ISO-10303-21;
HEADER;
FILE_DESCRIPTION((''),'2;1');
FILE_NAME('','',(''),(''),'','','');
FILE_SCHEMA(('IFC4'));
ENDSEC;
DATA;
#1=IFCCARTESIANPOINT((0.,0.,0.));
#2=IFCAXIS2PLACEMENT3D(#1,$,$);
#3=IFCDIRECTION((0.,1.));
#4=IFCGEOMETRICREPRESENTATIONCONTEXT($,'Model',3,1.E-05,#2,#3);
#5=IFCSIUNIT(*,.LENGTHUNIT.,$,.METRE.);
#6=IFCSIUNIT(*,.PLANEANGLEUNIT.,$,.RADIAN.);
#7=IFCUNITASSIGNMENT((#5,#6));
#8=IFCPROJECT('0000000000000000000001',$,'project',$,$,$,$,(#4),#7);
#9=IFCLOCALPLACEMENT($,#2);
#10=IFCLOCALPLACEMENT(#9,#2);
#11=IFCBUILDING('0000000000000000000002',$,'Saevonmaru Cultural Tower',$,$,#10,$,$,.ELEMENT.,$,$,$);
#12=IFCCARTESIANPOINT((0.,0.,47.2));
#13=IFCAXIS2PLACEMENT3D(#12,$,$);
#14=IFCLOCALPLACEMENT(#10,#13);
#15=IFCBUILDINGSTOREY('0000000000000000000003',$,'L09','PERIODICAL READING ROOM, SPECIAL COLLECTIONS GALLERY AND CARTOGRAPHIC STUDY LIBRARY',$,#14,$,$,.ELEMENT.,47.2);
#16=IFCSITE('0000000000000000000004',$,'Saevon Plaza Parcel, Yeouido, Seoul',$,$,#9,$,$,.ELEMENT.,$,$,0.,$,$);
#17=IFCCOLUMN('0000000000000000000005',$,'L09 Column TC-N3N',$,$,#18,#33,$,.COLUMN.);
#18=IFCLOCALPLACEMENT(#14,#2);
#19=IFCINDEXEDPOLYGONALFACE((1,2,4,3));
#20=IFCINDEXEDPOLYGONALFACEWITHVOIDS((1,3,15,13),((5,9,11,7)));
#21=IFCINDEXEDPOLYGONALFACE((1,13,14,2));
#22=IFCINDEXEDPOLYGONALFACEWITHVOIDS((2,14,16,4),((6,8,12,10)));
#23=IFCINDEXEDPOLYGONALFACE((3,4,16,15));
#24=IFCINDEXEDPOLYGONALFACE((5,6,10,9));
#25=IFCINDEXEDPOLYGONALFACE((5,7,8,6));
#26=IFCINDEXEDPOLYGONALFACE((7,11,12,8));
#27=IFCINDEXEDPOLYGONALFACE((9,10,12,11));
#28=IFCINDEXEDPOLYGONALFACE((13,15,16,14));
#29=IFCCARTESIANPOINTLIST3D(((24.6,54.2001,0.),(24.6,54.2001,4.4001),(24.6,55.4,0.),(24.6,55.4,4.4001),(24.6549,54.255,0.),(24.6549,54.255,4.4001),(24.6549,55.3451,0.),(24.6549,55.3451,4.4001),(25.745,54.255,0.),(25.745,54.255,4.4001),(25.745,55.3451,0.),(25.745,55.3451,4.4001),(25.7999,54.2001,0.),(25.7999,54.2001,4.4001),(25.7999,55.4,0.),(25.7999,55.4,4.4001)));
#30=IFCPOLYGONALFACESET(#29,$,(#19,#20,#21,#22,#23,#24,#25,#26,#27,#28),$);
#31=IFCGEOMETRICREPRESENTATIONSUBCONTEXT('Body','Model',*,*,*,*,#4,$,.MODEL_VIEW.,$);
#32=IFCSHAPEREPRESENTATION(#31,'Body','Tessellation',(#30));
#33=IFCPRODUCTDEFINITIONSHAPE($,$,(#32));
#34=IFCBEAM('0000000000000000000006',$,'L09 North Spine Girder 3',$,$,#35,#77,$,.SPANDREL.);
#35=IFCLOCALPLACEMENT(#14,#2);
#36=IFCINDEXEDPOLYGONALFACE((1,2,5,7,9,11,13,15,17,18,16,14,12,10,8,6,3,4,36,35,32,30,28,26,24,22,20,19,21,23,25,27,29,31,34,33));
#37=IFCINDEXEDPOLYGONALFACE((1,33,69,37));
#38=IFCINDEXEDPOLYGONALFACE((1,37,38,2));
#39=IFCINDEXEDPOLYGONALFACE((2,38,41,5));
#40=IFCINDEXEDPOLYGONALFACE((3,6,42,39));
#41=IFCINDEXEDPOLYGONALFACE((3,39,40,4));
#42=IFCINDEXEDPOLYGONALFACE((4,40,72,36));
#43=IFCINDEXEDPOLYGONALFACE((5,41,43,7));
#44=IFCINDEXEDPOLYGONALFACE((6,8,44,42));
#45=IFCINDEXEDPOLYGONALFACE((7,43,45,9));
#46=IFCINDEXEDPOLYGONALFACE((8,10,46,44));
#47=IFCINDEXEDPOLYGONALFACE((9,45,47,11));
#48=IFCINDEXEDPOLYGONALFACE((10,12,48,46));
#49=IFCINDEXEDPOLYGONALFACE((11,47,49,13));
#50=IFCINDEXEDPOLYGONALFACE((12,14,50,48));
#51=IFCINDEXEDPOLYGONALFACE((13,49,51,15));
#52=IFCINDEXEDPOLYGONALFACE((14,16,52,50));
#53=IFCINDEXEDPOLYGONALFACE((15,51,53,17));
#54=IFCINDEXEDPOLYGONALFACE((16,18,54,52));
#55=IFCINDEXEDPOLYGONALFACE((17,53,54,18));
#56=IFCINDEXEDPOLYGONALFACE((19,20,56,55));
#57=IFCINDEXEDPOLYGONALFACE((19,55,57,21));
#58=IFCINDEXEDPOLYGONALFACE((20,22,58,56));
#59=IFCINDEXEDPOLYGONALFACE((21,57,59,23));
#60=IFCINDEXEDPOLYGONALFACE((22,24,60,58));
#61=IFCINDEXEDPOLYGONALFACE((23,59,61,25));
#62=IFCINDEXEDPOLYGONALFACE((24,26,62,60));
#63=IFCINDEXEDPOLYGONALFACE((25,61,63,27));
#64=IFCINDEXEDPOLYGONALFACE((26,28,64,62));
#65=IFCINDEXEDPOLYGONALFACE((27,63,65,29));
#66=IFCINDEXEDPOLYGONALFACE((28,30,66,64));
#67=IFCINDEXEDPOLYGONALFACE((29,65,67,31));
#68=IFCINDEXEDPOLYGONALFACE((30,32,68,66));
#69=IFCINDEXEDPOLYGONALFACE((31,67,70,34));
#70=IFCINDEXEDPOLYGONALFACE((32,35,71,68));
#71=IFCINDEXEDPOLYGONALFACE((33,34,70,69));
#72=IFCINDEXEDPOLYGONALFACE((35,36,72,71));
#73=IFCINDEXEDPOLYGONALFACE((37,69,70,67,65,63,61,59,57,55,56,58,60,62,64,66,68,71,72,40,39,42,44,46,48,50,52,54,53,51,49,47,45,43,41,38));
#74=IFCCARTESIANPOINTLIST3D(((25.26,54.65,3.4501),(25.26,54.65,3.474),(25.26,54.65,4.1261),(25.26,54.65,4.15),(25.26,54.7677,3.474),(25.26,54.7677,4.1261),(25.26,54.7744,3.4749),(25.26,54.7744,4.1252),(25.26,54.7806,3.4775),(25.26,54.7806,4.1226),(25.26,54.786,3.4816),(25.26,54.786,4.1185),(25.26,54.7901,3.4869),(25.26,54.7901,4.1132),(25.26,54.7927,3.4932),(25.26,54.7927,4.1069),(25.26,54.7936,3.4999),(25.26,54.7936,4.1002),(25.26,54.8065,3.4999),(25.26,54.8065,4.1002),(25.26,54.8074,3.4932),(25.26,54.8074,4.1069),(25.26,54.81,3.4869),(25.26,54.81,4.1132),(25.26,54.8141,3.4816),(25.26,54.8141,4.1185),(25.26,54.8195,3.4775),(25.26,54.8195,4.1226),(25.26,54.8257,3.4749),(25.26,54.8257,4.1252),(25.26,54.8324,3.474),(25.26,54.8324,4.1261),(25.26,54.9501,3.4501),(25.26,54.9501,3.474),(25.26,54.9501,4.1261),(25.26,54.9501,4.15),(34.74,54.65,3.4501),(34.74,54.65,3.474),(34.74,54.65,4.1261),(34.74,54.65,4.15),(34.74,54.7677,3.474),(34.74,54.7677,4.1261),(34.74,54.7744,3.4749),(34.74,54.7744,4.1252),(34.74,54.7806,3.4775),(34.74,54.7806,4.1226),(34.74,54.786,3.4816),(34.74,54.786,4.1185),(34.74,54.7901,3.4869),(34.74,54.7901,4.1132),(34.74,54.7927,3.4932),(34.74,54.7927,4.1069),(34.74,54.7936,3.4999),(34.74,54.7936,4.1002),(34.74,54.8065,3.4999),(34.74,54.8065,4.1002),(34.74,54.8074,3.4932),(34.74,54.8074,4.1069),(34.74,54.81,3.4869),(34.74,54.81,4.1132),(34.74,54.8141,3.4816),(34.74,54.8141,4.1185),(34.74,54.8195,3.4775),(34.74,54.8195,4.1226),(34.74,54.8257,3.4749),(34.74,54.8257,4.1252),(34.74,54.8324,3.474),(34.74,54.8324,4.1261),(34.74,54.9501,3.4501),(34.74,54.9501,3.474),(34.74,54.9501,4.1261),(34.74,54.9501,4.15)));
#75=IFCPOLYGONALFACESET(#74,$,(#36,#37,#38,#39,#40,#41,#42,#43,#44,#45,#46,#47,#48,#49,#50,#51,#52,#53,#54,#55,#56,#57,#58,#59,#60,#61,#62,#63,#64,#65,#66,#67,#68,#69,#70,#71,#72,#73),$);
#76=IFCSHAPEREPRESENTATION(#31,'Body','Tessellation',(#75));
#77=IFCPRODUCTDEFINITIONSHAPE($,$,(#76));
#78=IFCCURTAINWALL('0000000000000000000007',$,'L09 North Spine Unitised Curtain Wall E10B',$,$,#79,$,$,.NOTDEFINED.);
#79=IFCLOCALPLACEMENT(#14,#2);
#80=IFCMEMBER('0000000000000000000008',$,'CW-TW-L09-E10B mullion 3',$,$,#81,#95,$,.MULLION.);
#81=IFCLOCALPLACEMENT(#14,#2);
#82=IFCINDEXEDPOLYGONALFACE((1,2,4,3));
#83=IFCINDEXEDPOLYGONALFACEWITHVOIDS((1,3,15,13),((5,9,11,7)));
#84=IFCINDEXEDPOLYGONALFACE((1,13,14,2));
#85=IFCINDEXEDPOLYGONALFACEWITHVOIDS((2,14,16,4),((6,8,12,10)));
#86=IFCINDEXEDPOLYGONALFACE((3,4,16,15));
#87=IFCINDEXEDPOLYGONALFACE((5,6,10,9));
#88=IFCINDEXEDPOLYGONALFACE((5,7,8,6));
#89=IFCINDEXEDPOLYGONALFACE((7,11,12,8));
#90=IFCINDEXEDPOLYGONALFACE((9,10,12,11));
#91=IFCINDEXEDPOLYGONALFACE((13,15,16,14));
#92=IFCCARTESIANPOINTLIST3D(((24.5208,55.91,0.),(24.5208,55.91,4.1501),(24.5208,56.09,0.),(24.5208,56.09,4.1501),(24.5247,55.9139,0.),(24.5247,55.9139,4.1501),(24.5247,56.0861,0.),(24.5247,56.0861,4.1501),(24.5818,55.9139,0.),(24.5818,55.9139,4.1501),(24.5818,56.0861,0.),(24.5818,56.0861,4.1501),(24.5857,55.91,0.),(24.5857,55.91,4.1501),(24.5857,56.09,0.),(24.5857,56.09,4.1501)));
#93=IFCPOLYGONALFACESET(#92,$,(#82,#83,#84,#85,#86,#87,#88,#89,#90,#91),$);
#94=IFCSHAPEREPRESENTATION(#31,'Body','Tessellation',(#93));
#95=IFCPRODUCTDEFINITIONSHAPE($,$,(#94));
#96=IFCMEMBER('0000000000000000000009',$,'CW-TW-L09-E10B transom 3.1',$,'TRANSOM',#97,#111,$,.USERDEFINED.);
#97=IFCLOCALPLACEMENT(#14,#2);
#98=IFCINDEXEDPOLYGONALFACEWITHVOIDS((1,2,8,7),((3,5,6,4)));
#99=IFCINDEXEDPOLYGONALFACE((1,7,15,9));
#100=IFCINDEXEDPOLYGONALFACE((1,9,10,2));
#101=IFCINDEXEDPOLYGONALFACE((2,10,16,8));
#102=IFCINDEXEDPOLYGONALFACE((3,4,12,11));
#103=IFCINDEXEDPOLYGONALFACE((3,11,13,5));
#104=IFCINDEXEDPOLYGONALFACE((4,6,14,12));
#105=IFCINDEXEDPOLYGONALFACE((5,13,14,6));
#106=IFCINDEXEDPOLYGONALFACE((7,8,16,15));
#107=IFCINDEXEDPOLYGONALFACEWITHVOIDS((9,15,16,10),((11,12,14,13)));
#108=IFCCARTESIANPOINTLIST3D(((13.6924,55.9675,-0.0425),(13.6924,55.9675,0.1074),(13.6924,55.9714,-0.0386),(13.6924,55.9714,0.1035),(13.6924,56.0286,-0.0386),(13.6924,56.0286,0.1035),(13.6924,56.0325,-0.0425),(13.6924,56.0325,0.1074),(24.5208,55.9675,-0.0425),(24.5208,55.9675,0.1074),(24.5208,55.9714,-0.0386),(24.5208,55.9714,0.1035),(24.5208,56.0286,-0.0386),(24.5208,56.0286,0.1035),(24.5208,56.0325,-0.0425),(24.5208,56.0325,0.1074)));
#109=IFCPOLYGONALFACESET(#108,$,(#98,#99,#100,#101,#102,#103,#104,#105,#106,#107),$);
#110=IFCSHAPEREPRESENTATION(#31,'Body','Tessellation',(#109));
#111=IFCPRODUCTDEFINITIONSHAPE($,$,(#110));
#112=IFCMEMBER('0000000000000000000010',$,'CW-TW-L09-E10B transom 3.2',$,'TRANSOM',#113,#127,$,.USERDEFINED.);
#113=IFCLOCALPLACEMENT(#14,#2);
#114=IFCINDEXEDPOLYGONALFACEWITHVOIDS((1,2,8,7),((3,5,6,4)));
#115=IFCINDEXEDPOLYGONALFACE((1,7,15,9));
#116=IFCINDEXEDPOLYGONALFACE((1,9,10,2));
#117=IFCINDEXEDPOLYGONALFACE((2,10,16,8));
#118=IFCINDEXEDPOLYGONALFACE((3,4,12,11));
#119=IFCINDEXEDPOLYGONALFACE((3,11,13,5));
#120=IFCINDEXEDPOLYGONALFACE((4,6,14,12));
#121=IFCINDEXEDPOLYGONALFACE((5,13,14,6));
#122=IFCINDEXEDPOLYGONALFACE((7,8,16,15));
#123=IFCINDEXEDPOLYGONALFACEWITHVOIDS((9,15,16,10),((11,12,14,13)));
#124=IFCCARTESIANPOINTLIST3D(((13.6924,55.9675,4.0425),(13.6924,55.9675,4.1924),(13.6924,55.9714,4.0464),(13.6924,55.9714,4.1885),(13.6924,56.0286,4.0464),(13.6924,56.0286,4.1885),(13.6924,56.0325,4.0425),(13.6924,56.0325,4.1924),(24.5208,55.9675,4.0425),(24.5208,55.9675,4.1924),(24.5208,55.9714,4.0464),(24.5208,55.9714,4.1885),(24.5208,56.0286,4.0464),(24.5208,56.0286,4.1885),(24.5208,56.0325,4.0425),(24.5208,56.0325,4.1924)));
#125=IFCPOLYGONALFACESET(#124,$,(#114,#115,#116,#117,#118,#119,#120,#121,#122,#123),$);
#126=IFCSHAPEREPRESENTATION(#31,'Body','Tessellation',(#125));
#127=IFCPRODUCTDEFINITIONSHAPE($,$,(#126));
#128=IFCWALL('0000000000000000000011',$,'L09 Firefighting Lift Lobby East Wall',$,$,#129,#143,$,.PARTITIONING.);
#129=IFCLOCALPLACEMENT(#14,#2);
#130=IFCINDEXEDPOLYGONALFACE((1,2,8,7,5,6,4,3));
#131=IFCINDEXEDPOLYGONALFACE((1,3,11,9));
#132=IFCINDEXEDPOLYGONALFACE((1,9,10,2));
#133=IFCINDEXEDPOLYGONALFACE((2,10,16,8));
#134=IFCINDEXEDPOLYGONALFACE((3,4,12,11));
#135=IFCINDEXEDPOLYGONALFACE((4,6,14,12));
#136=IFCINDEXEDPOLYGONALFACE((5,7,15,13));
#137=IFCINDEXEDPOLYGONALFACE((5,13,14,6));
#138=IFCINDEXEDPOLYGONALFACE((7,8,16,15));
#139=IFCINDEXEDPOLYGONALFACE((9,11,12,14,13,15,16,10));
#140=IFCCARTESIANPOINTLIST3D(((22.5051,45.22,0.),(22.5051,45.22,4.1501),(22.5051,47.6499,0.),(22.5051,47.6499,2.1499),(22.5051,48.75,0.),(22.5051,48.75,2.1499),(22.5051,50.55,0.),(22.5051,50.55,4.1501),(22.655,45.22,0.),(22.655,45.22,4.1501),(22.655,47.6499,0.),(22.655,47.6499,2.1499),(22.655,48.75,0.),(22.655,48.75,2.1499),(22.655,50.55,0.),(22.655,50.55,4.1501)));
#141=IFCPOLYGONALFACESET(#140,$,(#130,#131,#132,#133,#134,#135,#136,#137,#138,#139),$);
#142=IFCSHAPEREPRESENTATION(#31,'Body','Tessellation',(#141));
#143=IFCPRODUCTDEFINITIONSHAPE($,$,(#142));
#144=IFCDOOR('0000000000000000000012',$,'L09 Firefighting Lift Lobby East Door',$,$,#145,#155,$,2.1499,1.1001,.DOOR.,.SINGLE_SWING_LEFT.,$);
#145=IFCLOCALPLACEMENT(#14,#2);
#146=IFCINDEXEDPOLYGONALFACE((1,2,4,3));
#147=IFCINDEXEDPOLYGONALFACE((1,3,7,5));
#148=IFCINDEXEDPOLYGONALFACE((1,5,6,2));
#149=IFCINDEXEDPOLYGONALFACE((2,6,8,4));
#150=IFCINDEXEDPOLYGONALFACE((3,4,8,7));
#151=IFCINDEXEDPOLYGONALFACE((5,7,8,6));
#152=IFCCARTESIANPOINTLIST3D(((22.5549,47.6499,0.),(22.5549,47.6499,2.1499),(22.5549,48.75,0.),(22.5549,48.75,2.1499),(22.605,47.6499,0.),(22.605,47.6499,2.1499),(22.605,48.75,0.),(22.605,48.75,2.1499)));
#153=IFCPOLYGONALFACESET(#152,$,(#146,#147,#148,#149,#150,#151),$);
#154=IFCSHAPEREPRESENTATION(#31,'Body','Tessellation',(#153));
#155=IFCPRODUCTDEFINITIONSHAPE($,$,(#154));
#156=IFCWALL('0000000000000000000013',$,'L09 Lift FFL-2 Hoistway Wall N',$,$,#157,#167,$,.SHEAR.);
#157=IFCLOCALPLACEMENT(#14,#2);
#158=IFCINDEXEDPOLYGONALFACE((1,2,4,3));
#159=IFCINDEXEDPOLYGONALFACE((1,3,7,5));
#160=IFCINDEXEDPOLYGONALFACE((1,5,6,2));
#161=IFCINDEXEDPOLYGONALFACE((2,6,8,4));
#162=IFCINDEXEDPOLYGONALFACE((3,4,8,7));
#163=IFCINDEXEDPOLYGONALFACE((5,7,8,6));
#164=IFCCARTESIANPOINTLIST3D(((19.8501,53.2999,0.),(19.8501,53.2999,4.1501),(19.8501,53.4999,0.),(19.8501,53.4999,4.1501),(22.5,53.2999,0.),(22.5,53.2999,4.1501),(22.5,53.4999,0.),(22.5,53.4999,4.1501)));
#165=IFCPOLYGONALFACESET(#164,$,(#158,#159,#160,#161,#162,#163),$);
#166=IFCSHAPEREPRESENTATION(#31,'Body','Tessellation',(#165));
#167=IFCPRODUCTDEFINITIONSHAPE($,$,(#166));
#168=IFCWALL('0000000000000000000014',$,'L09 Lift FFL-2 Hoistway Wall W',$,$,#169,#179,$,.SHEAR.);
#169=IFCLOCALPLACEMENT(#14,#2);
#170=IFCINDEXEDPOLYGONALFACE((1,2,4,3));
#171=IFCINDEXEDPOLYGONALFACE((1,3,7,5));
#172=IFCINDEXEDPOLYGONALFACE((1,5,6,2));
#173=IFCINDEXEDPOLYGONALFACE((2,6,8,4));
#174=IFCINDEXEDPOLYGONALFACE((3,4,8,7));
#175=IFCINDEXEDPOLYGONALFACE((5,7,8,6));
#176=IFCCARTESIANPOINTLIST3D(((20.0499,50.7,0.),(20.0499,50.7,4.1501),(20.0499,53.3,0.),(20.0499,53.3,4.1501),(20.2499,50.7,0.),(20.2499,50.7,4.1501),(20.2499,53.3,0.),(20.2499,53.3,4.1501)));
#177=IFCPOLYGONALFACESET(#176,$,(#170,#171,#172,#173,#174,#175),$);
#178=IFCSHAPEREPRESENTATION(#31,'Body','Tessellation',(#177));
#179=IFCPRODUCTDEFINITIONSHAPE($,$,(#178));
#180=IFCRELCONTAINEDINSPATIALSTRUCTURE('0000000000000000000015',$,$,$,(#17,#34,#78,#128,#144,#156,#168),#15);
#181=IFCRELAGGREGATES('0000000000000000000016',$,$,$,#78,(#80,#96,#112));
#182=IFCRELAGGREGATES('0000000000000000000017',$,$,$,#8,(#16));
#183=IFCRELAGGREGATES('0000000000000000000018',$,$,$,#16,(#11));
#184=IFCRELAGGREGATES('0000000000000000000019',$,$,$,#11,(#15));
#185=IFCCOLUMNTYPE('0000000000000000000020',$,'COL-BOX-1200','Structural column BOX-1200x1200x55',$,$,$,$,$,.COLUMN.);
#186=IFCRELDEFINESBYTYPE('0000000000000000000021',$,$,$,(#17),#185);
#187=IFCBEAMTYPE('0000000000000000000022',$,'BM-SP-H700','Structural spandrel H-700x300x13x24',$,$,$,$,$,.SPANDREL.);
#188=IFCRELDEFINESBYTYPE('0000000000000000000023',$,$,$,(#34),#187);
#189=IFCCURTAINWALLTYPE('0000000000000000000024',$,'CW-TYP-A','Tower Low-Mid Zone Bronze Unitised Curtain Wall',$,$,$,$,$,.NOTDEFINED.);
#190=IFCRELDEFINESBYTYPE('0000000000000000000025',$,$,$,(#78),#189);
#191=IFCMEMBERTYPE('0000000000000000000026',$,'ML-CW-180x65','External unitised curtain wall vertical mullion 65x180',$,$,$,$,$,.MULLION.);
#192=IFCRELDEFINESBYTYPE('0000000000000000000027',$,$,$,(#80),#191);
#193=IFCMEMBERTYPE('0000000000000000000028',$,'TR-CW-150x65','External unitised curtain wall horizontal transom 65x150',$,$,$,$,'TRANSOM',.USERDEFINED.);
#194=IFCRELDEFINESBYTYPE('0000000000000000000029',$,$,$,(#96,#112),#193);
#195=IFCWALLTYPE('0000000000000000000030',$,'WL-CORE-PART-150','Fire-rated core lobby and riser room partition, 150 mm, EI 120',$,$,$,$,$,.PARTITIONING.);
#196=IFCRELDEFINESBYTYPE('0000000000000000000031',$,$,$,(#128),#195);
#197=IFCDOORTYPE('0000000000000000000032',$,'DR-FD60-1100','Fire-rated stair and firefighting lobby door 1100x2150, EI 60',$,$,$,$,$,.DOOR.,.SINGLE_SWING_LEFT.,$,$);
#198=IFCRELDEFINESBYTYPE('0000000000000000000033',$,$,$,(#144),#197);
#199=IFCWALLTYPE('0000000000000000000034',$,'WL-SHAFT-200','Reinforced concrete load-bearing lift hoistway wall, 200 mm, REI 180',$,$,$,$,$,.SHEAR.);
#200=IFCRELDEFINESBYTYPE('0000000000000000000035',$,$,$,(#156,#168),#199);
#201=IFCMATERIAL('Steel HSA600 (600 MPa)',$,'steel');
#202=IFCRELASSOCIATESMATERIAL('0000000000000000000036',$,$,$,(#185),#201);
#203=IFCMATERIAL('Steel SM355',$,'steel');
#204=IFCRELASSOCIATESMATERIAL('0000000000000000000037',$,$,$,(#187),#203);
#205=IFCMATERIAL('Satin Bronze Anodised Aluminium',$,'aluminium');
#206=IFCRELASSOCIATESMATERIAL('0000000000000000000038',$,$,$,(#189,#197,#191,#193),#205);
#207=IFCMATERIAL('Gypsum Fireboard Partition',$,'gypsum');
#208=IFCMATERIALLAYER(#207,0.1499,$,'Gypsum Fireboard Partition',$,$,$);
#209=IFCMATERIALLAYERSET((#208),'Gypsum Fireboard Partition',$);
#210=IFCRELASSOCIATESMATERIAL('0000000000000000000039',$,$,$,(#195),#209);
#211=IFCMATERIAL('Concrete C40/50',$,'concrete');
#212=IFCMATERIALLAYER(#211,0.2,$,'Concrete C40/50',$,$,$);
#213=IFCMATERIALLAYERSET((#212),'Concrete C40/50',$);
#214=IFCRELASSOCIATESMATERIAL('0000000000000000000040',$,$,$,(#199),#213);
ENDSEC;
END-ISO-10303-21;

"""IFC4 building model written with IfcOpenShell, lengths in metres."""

from ifc_helpers import new_model, si_unit, direction, frame, frame_2d, origin, origin_2d, place, context, subcontext, project, spatial, rectangle, hollow_rectangle, i_section, extrude, material, layer, layer_set, material_profile, profile_set, type_object, element, fill, aggregate, save


model = new_model("IFC4")

# Units and contexts
model_context = context("Model", 3, precision=1e-05, world=origin(), true_north=direction((0.0, 1.0)))
body_context = subcontext(model_context, "Body", "Model", "MODEL_VIEW")
ifc_project = project(units=[si_unit("LENGTHUNIT", "METRE"), si_unit("PLANEANGLEUNIT", "RADIAN")], contexts=[model_context])

# Site, building, storey
site_placement = place(None, origin())
site = spatial("IfcSite", under=ifc_project, at=site_placement, Name="Saevon Plaza Parcel, Yeouido, Seoul", CompositionType="ELEMENT", RefElevation=0.0)
building_placement = place(site_placement, origin())
building = spatial("IfcBuilding", under=site, at=building_placement, Name="Saevonmaru Cultural Tower", CompositionType="ELEMENT")
storey_placement = place(building_placement, frame((0.0, 0.0, 47.2)))
storey = spatial("IfcBuildingStorey", under=building, at=storey_placement, Name="L09", Description="PERIODICAL READING ROOM, SPECIAL COLLECTIONS GALLERY AND CARTOGRAPHIC STUDY LIBRARY", CompositionType="ELEMENT", Elevation=47.2)

# Column
ifc_material_1 = material(Name="Steel HSA600 (600 MPa)", Category="steel")
ifc_material_profile_1 = material_profile(ifc_material_1, hollow_rectangle(XDim=1.2, YDim=1.2, WallThickness=0.0549, at=origin_2d()), Name="BOX-1200x1200x55")
ifc_profile_set_1 = profile_set([ifc_material_profile_1], Name="Steel HSA600 (600 MPa)")
column_type = type_object("IfcColumnType", Name="COL-BOX-1200", Description="Structural column BOX-1200x1200x55", PredefinedType="COLUMN", material=ifc_profile_set_1)
column_placement = place(storey_placement, frame((25.2, 54.8, 0.0), z_axis=(0.0, 0.0, 1.0), x_axis=(1.0, 0.0, 0.0)))
element("IfcColumn", 1, at=column_placement, inside=storey, type_object=column_type, Name="L09 Column TC-N3N", PredefinedType="COLUMN", context=body_context, shape_type="SweptSolid", body=[
    extrude(hollow_rectangle(XDim=1.2, YDim=1.2, WallThickness=0.0549, at=origin_2d()), origin(), (0.0, 0.0, 1.0), 4.4001),
])

# Beam
ifc_material_2 = material(Name="Steel SM355", Category="steel")
ifc_material_profile_2 = material_profile(ifc_material_2, i_section(OverallWidth=0.3, OverallDepth=0.7, WebThickness=0.0129, FlangeThickness=0.0239, FilletRadius=0.0259, at=origin_2d()), Name="H-700x300x13x24")
ifc_profile_set_2 = profile_set([ifc_material_profile_2], Name="Steel SM355")
beam_type = type_object("IfcBeamType", Name="BM-SP-H700", Description="Structural spandrel H-700x300x13x24", PredefinedType="SPANDREL", material=ifc_profile_set_2)
beam_placement = place(storey_placement, frame((25.26, 54.8, 3.8), z_axis=(1.0, 0.0, 0.0), x_axis=(0.0, 1.0, 0.0)))
element("IfcBeam", 2, at=beam_placement, inside=storey, type_object=beam_type, Name="L09 North Spine Girder 3", PredefinedType="SPANDREL", context=body_context, shape_type="SweptSolid", body=[
    extrude(i_section(OverallWidth=0.3, OverallDepth=0.7, WebThickness=0.0129, FlangeThickness=0.0239, FilletRadius=0.0259, at=origin_2d()), origin(), (0.0, 0.0, 1.0), 9.48),
])

# Curtain wall, members
ifc_material_3 = material(Name="Satin Bronze Anodised Aluminium", Category="aluminium")
curtain_wall_type = type_object("IfcCurtainWallType", Name="CW-TYP-A", Description="Tower Low-Mid Zone Bronze Unitised Curtain Wall", PredefinedType="NOTDEFINED", material=ifc_material_3)
curtain_wall_placement = place(storey_placement, origin())
curtain_wall = element("IfcCurtainWall", 3, at=curtain_wall_placement, inside=storey, type_object=curtain_wall_type, Name="L09 North Spine Unitised Curtain Wall E10B", PredefinedType="NOTDEFINED")
ifc_material_profile_3 = material_profile(ifc_material_3, hollow_rectangle(XDim=0.0649, YDim=0.1799, WallThickness=0.0039, at=origin_2d()), Name="ALU-MULL-180x65x4")
ifc_profile_set_3 = profile_set([ifc_material_profile_3], Name="Satin Bronze Anodised Aluminium")
member_type_1 = type_object("IfcMemberType", Name="ML-CW-180x65", Description="External unitised curtain wall vertical mullion 65x180", PredefinedType="MULLION", material=ifc_profile_set_3)
member_1_placement = place(storey_placement, frame((24.5532, 56.0, 0.0), z_axis=(0.0, 0.0, 1.0), x_axis=(-1.0, 0.0, 0.0)))
member_1 = element("IfcMember", 4, at=member_1_placement, type_object=member_type_1, Name="CW-TW-L09-E10B mullion 3", PredefinedType="MULLION", context=body_context, shape_type="SweptSolid", body=[
    extrude(hollow_rectangle(XDim=0.0649, YDim=0.1799, WallThickness=0.0039, at=origin_2d()), origin(), (0.0, 0.0, 1.0), 4.1501),
])
ifc_material_profile_4 = material_profile(ifc_material_3, hollow_rectangle(XDim=0.0649, YDim=0.1499, WallThickness=0.0039, at=origin_2d()), Name="ALU-TRAN-150x65x4")
ifc_profile_set_4 = profile_set([ifc_material_profile_4], Name="Satin Bronze Anodised Aluminium")
member_type_2 = type_object("IfcMemberType", Name="TR-CW-150x65", Description="External unitised curtain wall horizontal transom 65x150", ElementType="TRANSOM", PredefinedType="USERDEFINED", material=ifc_profile_set_4)
member_2_placement = place(storey_placement, frame((24.5208, 56.0, 0.0325), z_axis=(-1.0, 0.0, 0.0), x_axis=(0.0, -1.0, 0.0)))
member_2 = element("IfcMember", 5, at=member_2_placement, type_object=member_type_2, Name="CW-TW-L09-E10B transom 3.1", ObjectType="TRANSOM", PredefinedType="USERDEFINED", context=body_context, shape_type="SweptSolid", body=[
    extrude(hollow_rectangle(XDim=0.0649, YDim=0.1499, WallThickness=0.0039, at=origin_2d()), origin(), (0.0, 0.0, 1.0), 10.8284),
])
member_3_placement = place(storey_placement, frame((24.5208, 56.0, 4.1174), z_axis=(-1.0, 0.0, 0.0), x_axis=(0.0, -1.0, 0.0)))
member_3 = element("IfcMember", 6, at=member_3_placement, type_object=member_type_2, Name="CW-TW-L09-E10B transom 3.2", ObjectType="TRANSOM", PredefinedType="USERDEFINED", context=body_context, shape_type="SweptSolid", body=[
    extrude(hollow_rectangle(XDim=0.0649, YDim=0.1499, WallThickness=0.0039, at=origin_2d()), origin(), (0.0, 0.0, 1.0), 10.8284),
])
aggregate(curtain_wall, [member_1, member_2, member_3])

# Wall, opening, door
ifc_material_4 = material(Name="Gypsum Fireboard Partition", Category="gypsum")
ifc_layer_1 = layer(ifc_material_4, 0.1499, Name="Gypsum Fireboard Partition")
ifc_layer_set_1 = layer_set([ifc_layer_1], Name="Gypsum Fireboard Partition")
wall_type_1 = type_object("IfcWallType", Name="WL-CORE-PART-150", Description="Fire-rated core lobby and riser room partition, 150 mm, EI 120", PredefinedType="PARTITIONING", material=ifc_layer_set_1)
wall_1_placement = place(storey_placement, frame((22.5801, 50.55, 0.0), z_axis=(0.0, 0.0, 1.0), x_axis=(0.0, -1.0, 0.0)))
wall_1 = element("IfcWall", 7, at=wall_1_placement, inside=storey, type_object=wall_type_1, Name="L09 Firefighting Lift Lobby East Wall", PredefinedType="PARTITIONING", context=body_context, shape_type="SweptSolid", body=[
    extrude(rectangle(XDim=5.3301, YDim=0.1499, at=frame_2d((2.665, 0.0))), origin(), (0.0, 0.0, 1.0), 4.1501),
])
opening_1_placement = place(wall_1_placement, frame((1.8, 0.0, 0.0)))
opening_1 = element("IfcOpeningElement", 8, at=opening_1_placement, cuts=wall_1, PredefinedType="OPENING", context=body_context, shape_type="SweptSolid", body=[
    extrude(rectangle(XDim=1.1001, YDim=2.1499, at=frame_2d((0.55, 1.075))), frame((0.0, 0.085, 0.0), z_axis=(0.0, -1.0, 0.0), x_axis=(1.0, 0.0, 0.0)), (0.0, 0.0, 1.0), 0.1699),
])
door_type_1 = type_object("IfcDoorType", Name="DR-FD60-1100", Description="Fire-rated stair and firefighting lobby door 1100x2150, EI 60", OperationType="SINGLE_SWING_LEFT", PredefinedType="DOOR", material=ifc_material_3)
door_1_placement = place(opening_1_placement, origin())
door_1 = element("IfcDoor", 9, at=door_1_placement, inside=storey, type_object=door_type_1, Name="L09 Firefighting Lift Lobby East Door", OperationType="SINGLE_SWING_LEFT", OverallHeight=2.1499, OverallWidth=1.1001, PredefinedType="DOOR", context=body_context, shape_type="SweptSolid", body=[
    extrude(rectangle(XDim=1.1001, YDim=2.1499, at=frame_2d((0.55, 1.075))), frame((0.0, 0.0249, 0.0), z_axis=(0.0, -1.0, 0.0), x_axis=(1.0, 0.0, 0.0)), (0.0, 0.0, 1.0), 0.05),
])
fill(opening_1, door_1)

# Walls
ifc_material_5 = material(Name="Concrete C40/50", Category="concrete")
ifc_layer_2 = layer(ifc_material_5, 0.2, Name="Concrete C40/50")
ifc_layer_set_2 = layer_set([ifc_layer_2], Name="Concrete C40/50")
wall_type_2 = type_object("IfcWallType", Name="WL-SHAFT-200", Description="Reinforced concrete load-bearing lift hoistway wall, 200 mm, REI 180", PredefinedType="SHEAR", material=ifc_layer_set_2)
wall_2_placement = place(storey_placement, frame((19.8501, 53.3999, 0.0), z_axis=(0.0, 0.0, 1.0), x_axis=(1.0, 0.0, 0.0)))
element("IfcWall", 10, at=wall_2_placement, inside=storey, type_object=wall_type_2, Name="L09 Lift FFL-2 Hoistway Wall N", PredefinedType="SHEAR", context=body_context, shape_type="SweptSolid", body=[
    extrude(rectangle(XDim=2.6499, YDim=0.2, at=frame_2d((1.325, 0.0))), origin(), (0.0, 0.0, 1.0), 4.1501),
])
for number, where, z_axis, x_axis, name in (
    (11, (20.1499, 50.7, 0.0), (0.0, 0.0, 1.0), (0.0, 1.0, 0.0), "L09 Lift FFL-2 Hoistway Wall W"),
):
    element("IfcWall", number, at=place(storey_placement, frame(where, z_axis=z_axis, x_axis=x_axis)), inside=storey, type_object=wall_type_2, Name=name, PredefinedType="SHEAR", context=body_context, shape_type="SweptSolid", body=[
        extrude(rectangle(XDim=2.6001, YDim=0.2, at=frame_2d((1.3, 0.0))), origin(), (0.0, 0.0, 1.0), 4.1501),
    ])

save(model, "model.ifc")
